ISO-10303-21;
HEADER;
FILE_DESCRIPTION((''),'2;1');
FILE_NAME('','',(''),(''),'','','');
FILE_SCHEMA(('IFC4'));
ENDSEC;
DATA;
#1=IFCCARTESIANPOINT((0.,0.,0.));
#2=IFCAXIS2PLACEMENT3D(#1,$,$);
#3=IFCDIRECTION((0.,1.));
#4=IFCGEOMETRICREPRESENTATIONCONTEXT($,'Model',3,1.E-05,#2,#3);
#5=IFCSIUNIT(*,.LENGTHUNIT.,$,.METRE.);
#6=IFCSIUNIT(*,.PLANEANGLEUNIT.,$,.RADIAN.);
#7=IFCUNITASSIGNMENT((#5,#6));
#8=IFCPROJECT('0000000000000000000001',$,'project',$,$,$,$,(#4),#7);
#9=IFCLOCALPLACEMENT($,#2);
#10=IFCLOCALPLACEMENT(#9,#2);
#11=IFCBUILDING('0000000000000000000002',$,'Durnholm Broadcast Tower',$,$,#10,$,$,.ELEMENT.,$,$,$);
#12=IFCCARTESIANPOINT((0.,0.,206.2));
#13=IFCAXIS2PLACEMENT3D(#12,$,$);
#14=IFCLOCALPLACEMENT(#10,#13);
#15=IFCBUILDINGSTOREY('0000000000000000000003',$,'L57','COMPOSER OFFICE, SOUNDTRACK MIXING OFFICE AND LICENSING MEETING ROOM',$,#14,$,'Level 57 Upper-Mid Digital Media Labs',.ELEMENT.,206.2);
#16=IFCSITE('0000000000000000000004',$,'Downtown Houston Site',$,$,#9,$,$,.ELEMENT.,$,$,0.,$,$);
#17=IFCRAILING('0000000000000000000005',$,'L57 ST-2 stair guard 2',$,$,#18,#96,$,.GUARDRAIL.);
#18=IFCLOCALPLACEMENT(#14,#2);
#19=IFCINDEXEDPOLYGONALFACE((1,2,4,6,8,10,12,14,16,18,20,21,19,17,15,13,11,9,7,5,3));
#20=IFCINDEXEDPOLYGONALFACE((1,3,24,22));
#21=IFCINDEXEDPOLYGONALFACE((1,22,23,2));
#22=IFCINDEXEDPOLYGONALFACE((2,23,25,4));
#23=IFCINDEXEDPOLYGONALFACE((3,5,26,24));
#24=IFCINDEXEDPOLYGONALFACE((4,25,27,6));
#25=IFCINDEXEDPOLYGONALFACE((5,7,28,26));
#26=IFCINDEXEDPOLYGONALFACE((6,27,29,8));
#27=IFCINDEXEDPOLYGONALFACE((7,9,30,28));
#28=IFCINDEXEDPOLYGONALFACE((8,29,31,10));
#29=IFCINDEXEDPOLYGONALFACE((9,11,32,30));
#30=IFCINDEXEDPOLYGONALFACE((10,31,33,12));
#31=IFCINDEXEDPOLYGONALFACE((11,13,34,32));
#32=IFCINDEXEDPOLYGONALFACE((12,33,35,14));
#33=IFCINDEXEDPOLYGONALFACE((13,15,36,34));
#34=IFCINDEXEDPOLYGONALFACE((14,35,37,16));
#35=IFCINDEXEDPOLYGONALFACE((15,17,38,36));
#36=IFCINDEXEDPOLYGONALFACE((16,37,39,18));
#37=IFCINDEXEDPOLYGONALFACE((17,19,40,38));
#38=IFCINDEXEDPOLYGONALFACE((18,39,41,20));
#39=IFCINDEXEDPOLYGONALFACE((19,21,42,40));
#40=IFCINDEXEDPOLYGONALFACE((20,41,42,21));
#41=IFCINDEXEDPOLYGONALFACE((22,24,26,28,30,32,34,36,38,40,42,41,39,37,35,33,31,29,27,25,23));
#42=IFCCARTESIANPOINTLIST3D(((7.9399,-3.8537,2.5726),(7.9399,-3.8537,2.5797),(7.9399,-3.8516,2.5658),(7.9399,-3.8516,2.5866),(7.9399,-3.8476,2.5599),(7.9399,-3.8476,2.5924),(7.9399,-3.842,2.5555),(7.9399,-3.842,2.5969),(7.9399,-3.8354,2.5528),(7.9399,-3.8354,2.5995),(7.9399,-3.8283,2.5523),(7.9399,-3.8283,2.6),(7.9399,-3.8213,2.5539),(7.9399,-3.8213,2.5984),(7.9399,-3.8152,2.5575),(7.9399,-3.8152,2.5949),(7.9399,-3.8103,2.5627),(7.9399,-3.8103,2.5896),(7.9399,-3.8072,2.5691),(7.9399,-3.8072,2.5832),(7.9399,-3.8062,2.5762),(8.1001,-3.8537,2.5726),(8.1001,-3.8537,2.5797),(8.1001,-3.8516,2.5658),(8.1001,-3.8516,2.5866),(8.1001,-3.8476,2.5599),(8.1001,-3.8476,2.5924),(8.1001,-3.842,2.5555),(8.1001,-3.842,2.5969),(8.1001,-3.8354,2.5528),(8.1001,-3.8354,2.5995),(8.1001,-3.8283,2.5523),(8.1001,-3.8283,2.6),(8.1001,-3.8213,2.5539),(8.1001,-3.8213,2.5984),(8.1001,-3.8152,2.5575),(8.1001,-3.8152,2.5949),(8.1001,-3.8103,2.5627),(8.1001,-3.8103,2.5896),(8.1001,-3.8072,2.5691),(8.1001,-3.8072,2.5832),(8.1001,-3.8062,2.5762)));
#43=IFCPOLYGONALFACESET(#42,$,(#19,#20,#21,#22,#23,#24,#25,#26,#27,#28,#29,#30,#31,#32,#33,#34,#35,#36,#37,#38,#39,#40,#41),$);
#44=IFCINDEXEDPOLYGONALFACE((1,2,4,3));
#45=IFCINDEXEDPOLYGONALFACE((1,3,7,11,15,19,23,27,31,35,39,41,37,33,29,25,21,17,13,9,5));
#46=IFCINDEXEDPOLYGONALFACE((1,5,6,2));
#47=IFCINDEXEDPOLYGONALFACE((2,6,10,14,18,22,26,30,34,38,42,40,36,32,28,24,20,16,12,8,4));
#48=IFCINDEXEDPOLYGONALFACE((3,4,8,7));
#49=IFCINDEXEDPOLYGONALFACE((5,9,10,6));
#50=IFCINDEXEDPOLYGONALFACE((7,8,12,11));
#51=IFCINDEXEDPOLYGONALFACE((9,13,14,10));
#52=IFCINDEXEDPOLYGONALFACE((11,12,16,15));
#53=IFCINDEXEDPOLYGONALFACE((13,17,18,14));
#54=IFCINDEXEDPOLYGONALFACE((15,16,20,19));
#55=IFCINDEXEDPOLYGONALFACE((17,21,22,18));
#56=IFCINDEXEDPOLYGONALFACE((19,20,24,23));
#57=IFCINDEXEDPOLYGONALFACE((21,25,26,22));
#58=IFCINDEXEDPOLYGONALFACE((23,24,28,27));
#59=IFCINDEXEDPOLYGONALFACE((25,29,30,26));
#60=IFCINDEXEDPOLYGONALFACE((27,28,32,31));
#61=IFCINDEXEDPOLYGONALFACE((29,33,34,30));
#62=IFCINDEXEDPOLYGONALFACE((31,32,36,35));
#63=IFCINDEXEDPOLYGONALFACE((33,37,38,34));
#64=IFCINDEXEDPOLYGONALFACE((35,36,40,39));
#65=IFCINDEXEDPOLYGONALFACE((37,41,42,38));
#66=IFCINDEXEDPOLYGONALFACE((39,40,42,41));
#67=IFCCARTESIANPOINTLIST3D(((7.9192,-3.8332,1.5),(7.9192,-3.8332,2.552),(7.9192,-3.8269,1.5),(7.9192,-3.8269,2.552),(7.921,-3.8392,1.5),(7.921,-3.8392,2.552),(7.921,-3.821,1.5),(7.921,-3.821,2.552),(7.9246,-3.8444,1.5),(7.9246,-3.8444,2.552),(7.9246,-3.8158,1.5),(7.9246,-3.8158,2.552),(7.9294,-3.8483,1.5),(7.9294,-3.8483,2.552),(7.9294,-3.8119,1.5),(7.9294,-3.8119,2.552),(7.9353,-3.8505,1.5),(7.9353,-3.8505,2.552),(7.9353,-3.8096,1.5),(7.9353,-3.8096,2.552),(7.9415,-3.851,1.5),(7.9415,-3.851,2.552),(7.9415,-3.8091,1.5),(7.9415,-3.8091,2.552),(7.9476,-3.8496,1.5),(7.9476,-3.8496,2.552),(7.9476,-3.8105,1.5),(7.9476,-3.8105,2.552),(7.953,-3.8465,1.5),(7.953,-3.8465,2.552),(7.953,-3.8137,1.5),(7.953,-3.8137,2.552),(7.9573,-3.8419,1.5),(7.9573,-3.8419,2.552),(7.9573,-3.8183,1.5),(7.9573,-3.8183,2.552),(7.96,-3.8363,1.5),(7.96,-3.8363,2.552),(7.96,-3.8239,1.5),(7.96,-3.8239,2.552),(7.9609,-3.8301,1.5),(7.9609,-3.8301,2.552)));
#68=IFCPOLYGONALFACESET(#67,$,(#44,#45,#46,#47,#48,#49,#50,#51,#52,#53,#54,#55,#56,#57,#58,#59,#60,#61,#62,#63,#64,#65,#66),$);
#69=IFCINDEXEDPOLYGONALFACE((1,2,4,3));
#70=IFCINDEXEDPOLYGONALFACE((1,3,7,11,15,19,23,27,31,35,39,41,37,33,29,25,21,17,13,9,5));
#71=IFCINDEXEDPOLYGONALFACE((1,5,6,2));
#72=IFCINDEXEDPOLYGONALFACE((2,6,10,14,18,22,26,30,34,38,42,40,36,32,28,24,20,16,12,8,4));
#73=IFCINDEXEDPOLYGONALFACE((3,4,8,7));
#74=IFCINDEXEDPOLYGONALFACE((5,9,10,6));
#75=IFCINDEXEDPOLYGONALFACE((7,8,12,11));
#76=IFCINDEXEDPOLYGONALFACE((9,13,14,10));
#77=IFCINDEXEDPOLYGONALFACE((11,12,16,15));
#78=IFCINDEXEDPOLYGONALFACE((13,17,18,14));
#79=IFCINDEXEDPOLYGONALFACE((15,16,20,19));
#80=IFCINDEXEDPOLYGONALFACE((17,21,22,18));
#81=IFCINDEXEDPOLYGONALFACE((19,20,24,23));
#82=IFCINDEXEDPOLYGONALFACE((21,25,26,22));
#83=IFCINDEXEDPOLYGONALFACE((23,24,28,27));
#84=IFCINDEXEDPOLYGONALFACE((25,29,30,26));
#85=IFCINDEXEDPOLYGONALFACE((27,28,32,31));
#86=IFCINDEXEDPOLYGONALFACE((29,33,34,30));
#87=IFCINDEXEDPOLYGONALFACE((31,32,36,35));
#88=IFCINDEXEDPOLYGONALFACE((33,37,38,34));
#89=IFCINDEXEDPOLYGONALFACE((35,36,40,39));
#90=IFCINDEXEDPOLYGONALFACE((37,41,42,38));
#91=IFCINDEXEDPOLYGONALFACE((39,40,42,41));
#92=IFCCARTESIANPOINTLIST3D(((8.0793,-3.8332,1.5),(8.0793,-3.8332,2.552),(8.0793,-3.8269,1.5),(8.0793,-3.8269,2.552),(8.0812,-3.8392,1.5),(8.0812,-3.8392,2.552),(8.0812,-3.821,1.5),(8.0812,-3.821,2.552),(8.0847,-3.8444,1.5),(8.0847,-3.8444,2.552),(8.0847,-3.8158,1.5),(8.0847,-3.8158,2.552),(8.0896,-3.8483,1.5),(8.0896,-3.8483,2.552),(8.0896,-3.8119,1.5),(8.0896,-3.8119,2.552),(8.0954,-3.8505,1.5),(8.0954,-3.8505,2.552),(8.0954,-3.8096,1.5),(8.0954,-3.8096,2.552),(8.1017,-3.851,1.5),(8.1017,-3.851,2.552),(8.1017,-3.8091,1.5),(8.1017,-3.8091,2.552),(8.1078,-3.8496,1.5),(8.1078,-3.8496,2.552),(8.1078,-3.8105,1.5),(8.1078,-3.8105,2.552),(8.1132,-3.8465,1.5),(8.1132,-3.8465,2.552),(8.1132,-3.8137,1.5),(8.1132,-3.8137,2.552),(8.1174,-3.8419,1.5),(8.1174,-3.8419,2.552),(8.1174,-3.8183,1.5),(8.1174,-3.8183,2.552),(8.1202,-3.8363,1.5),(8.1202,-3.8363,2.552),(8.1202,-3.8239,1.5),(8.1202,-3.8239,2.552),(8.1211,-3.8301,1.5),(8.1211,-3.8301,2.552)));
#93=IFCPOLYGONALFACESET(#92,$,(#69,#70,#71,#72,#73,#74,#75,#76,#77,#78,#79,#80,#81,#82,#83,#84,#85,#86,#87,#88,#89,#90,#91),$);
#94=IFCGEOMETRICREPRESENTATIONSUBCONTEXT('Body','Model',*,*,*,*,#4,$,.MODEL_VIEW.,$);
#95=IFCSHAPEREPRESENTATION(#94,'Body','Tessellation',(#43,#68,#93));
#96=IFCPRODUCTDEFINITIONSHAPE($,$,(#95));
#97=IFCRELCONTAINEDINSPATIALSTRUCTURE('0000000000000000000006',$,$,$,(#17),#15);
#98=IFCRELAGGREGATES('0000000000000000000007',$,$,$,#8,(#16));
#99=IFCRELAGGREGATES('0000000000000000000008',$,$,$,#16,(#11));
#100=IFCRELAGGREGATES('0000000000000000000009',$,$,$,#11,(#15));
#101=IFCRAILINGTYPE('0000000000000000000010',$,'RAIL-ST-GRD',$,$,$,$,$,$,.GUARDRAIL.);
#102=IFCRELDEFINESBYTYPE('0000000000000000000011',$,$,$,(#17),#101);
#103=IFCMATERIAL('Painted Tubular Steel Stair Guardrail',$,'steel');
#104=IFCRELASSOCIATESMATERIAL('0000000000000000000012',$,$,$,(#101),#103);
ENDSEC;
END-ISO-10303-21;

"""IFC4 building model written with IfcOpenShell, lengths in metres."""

from ifc_helpers import new_model, si_unit, direction, frame, origin, origin_2d, place, context, subcontext, project, spatial, circle, extrude, material, type_object, element, save


model = new_model("IFC4")

# Units and contexts
model_context = context("Model", 3, precision=1e-05, world=origin(), true_north=direction((0.0, 1.0)))
body_context = subcontext(model_context, "Body", "Model", "MODEL_VIEW")
ifc_project = project(units=[si_unit("LENGTHUNIT", "METRE"), si_unit("PLANEANGLEUNIT", "RADIAN")], contexts=[model_context])

# Site, building, storey
site_placement = place(None, origin())
site = spatial("IfcSite", under=ifc_project, at=site_placement, Name="Downtown Houston Site", CompositionType="ELEMENT", RefElevation=0.0)
building_placement = place(site_placement, origin())
building = spatial("IfcBuilding", under=site, at=building_placement, Name="Durnholm Broadcast Tower", CompositionType="ELEMENT")
storey_placement = place(building_placement, frame((0.0, 0.0, 206.2)))
storey = spatial("IfcBuildingStorey", under=building, at=storey_placement, Name="L57", Description="COMPOSER OFFICE, SOUNDTRACK MIXING OFFICE AND LICENSING MEETING ROOM", LongName="Level 57 Upper-Mid Digital Media Labs", CompositionType="ELEMENT", Elevation=206.2)

# Railing
ifc_material_1 = material(Name="Painted Tubular Steel Stair Guardrail", Category="steel")
railing_type_1 = type_object("IfcRailingType", Name="RAIL-ST-GRD", PredefinedType="GUARDRAIL", material=ifc_material_1)
railing_1_placement = place(storey_placement, frame((7.9399, -3.8301, 1.5)))
element("IfcRailing", 1, at=railing_1_placement, inside=storey, type_object=railing_type_1, Name="L57 ST-2 stair guard 2", PredefinedType="GUARDRAIL", context=body_context, shape_type="SweptSolid", body=[
    extrude(circle(Radius=0.0239, at=origin_2d()), frame((0.0, 0.0, 1.0762), z_axis=(1.0, 0.0, 0.0), x_axis=(0.0, 1.0, 0.0)), (0.0, 0.0, 1.0), 0.1602),
    extrude(circle(Radius=0.021, at=origin_2d()), origin(), (0.0, 0.0, 1.0), 1.052),
    extrude(circle(Radius=0.021, at=origin_2d()), frame((0.1602, 0.0, 0.0)), (0.0, 0.0, 1.0), 1.052),
])

save(model, "model.ifc")
